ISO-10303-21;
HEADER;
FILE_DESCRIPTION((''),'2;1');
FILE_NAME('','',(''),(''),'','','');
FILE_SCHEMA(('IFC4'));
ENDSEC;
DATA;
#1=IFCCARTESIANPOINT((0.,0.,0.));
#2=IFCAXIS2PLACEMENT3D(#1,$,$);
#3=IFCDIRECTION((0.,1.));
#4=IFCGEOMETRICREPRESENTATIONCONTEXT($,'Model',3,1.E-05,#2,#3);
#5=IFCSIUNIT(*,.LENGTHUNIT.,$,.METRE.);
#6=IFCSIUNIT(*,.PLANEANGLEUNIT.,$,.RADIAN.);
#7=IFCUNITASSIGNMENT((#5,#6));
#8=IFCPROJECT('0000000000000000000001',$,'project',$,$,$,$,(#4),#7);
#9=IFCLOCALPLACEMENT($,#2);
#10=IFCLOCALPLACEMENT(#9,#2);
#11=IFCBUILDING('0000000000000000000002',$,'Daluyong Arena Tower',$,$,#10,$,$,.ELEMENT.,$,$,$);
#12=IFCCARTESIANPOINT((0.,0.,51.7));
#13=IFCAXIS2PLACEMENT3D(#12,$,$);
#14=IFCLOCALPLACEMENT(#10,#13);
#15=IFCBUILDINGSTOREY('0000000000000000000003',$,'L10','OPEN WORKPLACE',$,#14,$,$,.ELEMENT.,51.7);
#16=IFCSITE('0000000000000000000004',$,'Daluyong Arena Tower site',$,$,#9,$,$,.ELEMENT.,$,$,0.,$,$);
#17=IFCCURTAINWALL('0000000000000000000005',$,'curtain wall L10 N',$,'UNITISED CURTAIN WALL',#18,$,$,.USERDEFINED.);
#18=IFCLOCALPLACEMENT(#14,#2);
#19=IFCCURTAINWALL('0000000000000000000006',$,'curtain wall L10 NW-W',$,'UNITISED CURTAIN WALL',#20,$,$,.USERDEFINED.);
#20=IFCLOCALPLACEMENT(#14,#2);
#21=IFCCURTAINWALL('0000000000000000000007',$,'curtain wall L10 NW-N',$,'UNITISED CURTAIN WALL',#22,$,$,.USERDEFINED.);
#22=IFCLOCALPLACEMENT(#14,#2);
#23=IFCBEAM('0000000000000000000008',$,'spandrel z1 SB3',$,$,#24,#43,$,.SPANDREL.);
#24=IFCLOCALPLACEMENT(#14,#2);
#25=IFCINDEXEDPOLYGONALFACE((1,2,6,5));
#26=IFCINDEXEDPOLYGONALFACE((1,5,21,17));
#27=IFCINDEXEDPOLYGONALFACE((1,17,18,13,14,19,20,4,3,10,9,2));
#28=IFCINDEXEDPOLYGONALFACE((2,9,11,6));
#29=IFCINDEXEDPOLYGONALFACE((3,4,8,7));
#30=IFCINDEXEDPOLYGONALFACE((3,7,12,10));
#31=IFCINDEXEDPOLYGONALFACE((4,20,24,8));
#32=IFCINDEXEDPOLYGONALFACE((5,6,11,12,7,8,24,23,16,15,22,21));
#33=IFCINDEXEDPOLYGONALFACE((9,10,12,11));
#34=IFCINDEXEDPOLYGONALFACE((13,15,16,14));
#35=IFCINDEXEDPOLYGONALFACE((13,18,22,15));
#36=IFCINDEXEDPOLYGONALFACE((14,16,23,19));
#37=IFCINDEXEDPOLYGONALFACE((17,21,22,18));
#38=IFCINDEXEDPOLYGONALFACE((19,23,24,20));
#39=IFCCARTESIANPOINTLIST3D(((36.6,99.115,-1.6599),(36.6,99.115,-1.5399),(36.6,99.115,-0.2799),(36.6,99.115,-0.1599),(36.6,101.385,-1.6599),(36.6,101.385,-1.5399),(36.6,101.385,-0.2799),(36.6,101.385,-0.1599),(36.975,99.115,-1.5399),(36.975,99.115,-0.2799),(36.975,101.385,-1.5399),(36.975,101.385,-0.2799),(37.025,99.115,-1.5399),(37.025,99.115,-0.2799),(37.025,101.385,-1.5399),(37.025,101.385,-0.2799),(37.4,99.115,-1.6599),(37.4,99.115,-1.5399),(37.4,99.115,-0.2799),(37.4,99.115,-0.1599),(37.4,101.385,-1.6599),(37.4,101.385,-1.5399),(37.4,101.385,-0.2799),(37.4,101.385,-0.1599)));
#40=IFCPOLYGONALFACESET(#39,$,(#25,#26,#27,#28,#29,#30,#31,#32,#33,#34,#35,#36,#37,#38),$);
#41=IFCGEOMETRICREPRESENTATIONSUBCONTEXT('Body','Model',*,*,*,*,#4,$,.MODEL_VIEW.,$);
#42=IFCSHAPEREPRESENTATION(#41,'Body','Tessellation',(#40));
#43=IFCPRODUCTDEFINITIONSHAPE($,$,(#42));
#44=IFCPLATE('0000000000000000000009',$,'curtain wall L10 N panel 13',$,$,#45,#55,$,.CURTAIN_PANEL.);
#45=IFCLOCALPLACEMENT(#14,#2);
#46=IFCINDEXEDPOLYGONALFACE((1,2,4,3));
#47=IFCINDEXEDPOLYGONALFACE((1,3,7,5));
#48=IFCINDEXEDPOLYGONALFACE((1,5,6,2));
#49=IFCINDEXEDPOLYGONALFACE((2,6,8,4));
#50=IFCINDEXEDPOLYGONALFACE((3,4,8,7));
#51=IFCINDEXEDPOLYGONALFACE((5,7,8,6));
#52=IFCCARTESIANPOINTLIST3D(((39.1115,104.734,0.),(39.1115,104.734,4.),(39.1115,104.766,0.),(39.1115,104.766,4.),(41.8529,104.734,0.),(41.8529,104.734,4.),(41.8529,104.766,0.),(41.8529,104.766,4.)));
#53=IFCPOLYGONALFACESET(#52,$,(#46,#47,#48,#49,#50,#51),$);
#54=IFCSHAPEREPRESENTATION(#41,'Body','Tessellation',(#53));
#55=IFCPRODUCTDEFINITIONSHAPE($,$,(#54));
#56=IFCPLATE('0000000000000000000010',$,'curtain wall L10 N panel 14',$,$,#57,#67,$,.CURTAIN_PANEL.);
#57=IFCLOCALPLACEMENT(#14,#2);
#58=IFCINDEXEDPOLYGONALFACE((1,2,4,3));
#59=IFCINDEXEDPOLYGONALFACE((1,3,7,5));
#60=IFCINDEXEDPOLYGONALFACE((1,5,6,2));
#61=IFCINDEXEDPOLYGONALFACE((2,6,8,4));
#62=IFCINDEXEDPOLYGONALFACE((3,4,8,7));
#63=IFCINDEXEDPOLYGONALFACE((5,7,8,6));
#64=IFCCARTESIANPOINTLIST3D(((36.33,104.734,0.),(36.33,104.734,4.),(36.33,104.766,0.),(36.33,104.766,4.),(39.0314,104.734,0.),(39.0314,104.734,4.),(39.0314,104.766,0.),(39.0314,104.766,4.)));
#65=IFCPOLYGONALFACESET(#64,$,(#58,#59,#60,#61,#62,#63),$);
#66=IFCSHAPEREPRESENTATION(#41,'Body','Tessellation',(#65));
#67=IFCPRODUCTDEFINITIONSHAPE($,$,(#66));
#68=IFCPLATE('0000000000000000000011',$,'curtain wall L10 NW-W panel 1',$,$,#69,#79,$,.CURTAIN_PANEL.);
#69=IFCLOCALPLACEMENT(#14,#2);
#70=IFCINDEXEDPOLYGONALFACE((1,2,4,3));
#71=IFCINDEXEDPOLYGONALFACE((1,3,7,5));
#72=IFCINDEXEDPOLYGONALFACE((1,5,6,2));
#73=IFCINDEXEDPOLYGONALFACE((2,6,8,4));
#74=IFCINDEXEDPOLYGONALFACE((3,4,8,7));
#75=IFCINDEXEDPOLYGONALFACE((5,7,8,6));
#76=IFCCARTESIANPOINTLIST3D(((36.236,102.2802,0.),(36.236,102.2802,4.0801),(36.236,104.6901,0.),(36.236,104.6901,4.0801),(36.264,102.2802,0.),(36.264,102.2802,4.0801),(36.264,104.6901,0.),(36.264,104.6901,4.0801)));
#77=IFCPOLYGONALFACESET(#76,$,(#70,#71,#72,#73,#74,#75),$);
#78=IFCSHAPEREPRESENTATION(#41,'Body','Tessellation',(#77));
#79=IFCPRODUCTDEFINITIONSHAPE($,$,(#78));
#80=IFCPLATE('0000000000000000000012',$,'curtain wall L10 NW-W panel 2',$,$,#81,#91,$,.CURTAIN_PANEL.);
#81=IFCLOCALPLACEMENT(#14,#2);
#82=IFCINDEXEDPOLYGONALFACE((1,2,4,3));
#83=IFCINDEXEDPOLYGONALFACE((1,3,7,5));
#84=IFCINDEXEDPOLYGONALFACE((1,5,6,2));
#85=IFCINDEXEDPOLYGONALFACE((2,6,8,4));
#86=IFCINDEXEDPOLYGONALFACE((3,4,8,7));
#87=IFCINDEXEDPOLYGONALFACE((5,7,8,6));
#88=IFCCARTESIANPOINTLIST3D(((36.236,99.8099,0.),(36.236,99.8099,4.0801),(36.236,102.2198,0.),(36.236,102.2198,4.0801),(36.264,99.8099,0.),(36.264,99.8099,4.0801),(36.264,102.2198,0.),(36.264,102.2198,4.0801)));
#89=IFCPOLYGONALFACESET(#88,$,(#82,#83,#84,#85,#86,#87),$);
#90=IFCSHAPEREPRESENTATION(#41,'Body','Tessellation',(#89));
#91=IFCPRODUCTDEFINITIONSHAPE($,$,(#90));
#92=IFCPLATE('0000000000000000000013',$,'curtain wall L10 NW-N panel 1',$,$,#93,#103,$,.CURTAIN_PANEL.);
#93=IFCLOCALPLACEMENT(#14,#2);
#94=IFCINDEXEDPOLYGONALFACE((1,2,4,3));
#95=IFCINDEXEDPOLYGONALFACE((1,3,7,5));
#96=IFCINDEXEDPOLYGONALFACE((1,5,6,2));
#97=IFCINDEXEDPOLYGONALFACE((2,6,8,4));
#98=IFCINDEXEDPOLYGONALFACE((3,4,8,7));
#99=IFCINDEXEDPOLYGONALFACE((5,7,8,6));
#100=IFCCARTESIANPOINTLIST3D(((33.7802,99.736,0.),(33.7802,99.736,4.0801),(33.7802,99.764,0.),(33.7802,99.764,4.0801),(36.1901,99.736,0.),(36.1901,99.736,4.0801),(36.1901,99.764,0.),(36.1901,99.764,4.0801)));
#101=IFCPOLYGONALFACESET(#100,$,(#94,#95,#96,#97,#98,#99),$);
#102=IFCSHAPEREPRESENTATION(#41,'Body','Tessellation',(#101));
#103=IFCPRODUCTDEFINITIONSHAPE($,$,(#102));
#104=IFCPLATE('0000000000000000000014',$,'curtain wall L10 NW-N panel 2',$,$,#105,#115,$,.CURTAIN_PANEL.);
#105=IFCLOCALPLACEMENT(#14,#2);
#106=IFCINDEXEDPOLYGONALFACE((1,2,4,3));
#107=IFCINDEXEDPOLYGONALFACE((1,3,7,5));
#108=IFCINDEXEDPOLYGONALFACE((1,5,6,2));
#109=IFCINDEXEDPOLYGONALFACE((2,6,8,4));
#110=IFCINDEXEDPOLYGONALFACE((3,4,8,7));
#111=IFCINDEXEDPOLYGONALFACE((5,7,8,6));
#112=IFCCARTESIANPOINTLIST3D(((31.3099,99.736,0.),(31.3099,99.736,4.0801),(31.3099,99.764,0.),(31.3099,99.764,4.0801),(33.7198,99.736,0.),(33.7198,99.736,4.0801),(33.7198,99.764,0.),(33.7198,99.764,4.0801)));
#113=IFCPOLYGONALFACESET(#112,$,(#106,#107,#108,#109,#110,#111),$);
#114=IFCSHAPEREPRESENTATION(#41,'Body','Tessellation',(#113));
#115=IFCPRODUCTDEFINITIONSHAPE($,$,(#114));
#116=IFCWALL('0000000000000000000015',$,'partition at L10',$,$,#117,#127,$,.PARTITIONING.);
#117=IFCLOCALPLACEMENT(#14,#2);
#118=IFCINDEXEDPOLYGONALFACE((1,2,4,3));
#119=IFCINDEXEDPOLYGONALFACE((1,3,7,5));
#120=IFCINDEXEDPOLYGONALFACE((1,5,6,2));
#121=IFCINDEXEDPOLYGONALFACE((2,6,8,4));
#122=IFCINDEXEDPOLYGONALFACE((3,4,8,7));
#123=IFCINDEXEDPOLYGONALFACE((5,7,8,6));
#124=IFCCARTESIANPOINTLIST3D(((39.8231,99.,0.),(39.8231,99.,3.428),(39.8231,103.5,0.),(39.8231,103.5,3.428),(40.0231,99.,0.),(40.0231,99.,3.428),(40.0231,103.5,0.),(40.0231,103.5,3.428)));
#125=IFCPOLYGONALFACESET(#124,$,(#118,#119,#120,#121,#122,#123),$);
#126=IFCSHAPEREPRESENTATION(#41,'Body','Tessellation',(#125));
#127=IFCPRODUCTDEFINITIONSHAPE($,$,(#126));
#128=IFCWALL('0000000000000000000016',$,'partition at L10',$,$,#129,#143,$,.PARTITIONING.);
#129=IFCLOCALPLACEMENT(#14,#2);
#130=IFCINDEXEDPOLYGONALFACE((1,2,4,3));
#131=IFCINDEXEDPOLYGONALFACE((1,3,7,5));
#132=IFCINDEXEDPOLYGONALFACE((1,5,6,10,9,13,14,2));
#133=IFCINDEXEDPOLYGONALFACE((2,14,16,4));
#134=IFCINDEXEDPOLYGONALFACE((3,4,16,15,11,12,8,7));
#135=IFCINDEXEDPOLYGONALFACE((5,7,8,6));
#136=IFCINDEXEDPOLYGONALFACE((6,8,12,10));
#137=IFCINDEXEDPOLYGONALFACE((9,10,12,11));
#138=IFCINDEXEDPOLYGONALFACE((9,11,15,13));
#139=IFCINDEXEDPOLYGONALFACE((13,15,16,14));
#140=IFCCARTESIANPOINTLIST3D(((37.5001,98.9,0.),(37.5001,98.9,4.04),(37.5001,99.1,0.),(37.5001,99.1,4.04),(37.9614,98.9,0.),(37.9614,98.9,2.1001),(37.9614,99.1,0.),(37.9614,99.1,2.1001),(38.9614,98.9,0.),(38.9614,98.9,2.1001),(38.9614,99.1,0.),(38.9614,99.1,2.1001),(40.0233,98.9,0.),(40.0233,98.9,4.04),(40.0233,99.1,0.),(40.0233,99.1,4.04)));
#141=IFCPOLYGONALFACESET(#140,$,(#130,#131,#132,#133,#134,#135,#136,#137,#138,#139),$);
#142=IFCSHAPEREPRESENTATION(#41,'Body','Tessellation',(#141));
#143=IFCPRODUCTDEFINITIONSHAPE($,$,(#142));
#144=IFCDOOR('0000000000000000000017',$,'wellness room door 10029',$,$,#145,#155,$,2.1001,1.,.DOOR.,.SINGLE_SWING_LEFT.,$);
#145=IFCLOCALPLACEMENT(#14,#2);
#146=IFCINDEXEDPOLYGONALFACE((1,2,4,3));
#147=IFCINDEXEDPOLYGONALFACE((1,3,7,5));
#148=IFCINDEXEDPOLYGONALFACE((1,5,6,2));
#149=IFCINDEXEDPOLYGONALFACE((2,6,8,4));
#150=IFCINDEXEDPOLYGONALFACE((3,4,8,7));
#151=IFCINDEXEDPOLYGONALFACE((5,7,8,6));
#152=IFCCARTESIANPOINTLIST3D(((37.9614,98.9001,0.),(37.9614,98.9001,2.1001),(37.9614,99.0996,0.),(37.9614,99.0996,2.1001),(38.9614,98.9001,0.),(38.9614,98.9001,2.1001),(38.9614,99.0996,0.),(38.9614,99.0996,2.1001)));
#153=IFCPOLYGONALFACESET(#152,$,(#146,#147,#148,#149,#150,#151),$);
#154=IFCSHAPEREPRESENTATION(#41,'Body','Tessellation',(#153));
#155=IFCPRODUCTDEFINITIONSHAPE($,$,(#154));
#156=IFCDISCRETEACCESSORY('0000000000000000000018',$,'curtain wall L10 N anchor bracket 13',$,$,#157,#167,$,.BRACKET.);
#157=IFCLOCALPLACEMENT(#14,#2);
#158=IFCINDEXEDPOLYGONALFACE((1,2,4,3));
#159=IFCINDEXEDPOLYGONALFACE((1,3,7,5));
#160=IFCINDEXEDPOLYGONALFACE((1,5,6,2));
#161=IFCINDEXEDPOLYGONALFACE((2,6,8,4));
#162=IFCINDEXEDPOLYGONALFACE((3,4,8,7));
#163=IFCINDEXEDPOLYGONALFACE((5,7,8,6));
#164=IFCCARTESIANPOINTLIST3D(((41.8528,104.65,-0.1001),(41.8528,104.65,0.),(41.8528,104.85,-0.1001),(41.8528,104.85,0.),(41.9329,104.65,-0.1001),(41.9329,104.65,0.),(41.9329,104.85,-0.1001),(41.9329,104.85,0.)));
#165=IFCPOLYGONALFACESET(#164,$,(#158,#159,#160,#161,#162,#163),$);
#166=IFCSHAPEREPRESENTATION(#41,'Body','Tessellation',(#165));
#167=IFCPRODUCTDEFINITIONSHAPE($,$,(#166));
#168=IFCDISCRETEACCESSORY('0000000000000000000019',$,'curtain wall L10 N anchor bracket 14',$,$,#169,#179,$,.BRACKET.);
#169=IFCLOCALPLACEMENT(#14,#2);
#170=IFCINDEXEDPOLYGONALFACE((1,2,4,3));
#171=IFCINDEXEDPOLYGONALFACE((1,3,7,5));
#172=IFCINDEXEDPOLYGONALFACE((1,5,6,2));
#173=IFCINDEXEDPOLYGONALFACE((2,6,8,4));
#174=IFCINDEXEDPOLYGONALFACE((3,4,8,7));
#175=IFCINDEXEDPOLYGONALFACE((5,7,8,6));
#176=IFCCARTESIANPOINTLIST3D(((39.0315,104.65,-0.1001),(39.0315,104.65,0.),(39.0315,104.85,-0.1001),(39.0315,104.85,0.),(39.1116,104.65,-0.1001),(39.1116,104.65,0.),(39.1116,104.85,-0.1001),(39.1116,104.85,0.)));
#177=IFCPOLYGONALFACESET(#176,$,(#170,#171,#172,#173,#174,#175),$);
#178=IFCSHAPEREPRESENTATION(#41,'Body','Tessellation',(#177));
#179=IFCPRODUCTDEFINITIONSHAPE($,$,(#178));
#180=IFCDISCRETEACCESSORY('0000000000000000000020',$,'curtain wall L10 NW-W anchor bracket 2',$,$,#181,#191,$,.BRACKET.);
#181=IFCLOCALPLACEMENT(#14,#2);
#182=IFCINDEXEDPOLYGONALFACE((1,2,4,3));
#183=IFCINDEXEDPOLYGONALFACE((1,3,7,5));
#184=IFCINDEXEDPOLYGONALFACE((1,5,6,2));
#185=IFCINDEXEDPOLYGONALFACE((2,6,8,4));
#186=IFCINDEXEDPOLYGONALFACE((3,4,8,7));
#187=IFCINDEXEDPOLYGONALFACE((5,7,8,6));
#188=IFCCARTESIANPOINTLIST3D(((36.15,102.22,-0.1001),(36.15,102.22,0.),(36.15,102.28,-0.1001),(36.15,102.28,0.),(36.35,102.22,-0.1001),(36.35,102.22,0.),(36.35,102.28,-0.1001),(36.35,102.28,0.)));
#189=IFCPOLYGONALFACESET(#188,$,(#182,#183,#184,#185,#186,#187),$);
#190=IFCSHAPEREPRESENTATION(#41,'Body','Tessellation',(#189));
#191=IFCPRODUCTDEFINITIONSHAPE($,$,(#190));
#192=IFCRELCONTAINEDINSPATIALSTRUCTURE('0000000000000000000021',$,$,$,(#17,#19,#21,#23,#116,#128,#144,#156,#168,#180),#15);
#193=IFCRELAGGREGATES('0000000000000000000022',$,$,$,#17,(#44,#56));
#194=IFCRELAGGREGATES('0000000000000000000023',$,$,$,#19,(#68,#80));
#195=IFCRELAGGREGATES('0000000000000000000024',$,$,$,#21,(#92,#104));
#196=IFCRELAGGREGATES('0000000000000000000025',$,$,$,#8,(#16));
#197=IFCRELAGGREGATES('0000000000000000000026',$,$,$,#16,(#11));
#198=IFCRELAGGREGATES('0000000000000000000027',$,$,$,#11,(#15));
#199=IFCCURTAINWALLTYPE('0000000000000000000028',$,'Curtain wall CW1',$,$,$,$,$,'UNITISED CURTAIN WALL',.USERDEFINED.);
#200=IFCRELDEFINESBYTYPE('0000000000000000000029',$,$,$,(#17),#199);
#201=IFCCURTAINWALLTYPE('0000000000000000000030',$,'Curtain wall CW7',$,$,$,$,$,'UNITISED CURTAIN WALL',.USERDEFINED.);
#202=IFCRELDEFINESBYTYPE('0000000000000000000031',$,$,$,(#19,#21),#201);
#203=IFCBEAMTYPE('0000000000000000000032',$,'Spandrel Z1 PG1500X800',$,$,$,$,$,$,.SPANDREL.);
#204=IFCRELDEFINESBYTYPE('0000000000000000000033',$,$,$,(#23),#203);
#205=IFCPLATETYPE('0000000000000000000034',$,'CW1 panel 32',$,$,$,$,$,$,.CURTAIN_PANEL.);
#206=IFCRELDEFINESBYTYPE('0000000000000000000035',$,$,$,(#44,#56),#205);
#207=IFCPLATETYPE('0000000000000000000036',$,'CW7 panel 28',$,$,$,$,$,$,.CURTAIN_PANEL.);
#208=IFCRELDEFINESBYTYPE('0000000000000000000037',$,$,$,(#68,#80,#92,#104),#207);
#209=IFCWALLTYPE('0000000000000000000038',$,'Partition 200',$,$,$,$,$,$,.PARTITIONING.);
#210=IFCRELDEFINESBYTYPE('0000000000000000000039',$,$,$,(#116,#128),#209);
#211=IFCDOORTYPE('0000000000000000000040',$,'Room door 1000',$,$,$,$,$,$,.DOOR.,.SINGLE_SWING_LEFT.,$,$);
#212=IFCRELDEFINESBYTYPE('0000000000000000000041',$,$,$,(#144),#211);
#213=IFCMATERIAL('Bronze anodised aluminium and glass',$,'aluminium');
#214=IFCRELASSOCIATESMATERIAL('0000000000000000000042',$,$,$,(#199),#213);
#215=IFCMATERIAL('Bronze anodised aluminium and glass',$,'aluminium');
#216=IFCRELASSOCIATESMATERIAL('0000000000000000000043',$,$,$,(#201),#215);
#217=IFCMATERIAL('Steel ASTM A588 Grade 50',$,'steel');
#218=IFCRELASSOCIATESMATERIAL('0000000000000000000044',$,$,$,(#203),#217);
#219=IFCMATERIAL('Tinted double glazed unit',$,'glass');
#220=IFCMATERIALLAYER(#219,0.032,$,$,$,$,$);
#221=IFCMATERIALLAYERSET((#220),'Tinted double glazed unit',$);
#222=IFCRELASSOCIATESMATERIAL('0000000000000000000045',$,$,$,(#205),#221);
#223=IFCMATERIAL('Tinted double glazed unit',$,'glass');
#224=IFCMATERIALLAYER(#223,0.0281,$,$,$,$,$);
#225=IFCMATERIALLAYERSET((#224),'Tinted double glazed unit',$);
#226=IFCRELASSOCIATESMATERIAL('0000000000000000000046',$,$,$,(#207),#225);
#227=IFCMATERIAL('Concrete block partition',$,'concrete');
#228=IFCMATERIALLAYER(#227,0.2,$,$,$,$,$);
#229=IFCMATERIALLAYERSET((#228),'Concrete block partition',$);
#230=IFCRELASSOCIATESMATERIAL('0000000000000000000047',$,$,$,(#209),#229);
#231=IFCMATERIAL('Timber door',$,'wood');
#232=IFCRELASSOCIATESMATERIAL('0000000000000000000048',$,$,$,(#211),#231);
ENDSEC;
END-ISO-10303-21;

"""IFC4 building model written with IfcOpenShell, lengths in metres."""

from ifc_helpers import new_model, si_unit, direction, frame, frame_2d, origin, origin_2d, place, context, subcontext, project, spatial, rectangle, i_section, extrude, material, layer, layer_set, material_profile, profile_set, type_object, element, fill, aggregate, save


model = new_model("IFC4")

# Units and contexts
model_context = context("Model", 3, precision=1e-05, world=origin(), true_north=direction((0.0, 1.0)))
body_context = subcontext(model_context, "Body", "Model", "MODEL_VIEW")
ifc_project = project(units=[si_unit("LENGTHUNIT", "METRE"), si_unit("PLANEANGLEUNIT", "RADIAN")], contexts=[model_context])

# Site, building, storey
site_placement = place(None, origin())
site = spatial("IfcSite", under=ifc_project, at=site_placement, Name="Daluyong Arena Tower site", CompositionType="ELEMENT", RefElevation=0.0)
building_placement = place(site_placement, origin())
building = spatial("IfcBuilding", under=site, at=building_placement, Name="Daluyong Arena Tower", CompositionType="ELEMENT")
storey_placement = place(building_placement, frame((0.0, 0.0, 51.7)))
storey = spatial("IfcBuildingStorey", under=building, at=storey_placement, Name="L10", Description="OPEN WORKPLACE", CompositionType="ELEMENT", Elevation=51.7)

# Curtain wall
ifc_material_1 = material(Name="Bronze anodised aluminium and glass", Category="aluminium")
curtain_wall_type_1 = type_object("IfcCurtainWallType", Name="Curtain wall CW1", ElementType="UNITISED CURTAIN WALL", PredefinedType="USERDEFINED", material=ifc_material_1)
curtain_wall_1_placement = place(storey_placement, origin())
curtain_wall_1 = element("IfcCurtainWall", 1, at=curtain_wall_1_placement, inside=storey, type_object=curtain_wall_type_1, Name="curtain wall L10 N", ObjectType="UNITISED CURTAIN WALL", PredefinedType="USERDEFINED")

# Curtain walls
ifc_material_2 = material(Name="Bronze anodised aluminium and glass", Category="aluminium")
curtain_wall_type_2 = type_object("IfcCurtainWallType", Name="Curtain wall CW7", ElementType="UNITISED CURTAIN WALL", PredefinedType="USERDEFINED", material=ifc_material_2)
curtain_wall_2_placement = place(storey_placement, origin())
curtain_wall_2 = element("IfcCurtainWall", 2, at=curtain_wall_2_placement, inside=storey, type_object=curtain_wall_type_2, Name="curtain wall L10 NW-W", ObjectType="UNITISED CURTAIN WALL", PredefinedType="USERDEFINED")
curtain_wall_3_placement = place(storey_placement, origin())
curtain_wall_3 = element("IfcCurtainWall", 3, at=curtain_wall_3_placement, inside=storey, type_object=curtain_wall_type_2, Name="curtain wall L10 NW-N", ObjectType="UNITISED CURTAIN WALL", PredefinedType="USERDEFINED")

# Beam
ifc_material_3 = material(Name="Steel ASTM A588 Grade 50", Category="steel")
ifc_material_profile_1 = material_profile(ifc_material_3, i_section(OverallWidth=0.8, OverallDepth=1.5, WebThickness=0.05, FlangeThickness=0.12, at=origin_2d()))
ifc_profile_set_1 = profile_set([ifc_material_profile_1], Name="Steel ASTM A588 Grade 50")
beam_type_1 = type_object("IfcBeamType", Name="Spandrel Z1 PG1500X800", PredefinedType="SPANDREL", material=ifc_profile_set_1)
for number, where, z_axis, x_axis, name in (
    (4, (37.0, 101.385, -0.9099), (0.0, -1.0, 0.0), (1.0, 0.0, 0.0), "spandrel z1 SB3"),
):
    element("IfcBeam", number, at=place(storey_placement, frame(where, z_axis=z_axis, x_axis=x_axis)), inside=storey, type_object=beam_type_1, Name=name, PredefinedType="SPANDREL", context=body_context, shape_type="SweptSolid", body=[
        extrude(i_section(OverallWidth=0.8, OverallDepth=1.5, WebThickness=0.05, FlangeThickness=0.12, at=origin_2d()), origin(), (0.0, 0.0, 1.0), 2.27),
    ])

# Plates
ifc_material_4 = material(Name="Tinted double glazed unit", Category="glass")
ifc_layer_1 = layer(ifc_material_4, 0.032)
ifc_layer_set_1 = layer_set([ifc_layer_1], Name="Tinted double glazed unit")
plate_type_1 = type_object("IfcPlateType", Name="CW1 panel 32", PredefinedType="CURTAIN_PANEL", material=ifc_layer_set_1)
plate_1_placement = place(storey_placement, frame((40.4822, 104.75, 0.0), z_axis=(0.0, 0.0, 1.0), x_axis=(-1.0, 0.0, 0.0)))
plate_1 = element("IfcPlate", 5, at=plate_1_placement, type_object=plate_type_1, Name="curtain wall L10 N panel 13", PredefinedType="CURTAIN_PANEL", context=body_context, shape_type="SweptSolid", body=[
    extrude(rectangle(XDim=2.7415, YDim=0.032, at=origin_2d()), origin(), (0.0, 0.0, 1.0), 4.0),
])
plate_2_placement = place(storey_placement, frame((37.6807, 104.75, 0.0), z_axis=(0.0, 0.0, 1.0), x_axis=(-1.0, 0.0, 0.0)))
plate_2 = element("IfcPlate", 6, at=plate_2_placement, type_object=plate_type_1, Name="curtain wall L10 N panel 14", PredefinedType="CURTAIN_PANEL", context=body_context, shape_type="SweptSolid", body=[
    extrude(rectangle(XDim=2.7014, YDim=0.032, at=origin_2d()), origin(), (0.0, 0.0, 1.0), 4.0),
])
aggregate(curtain_wall_1, [plate_1, plate_2])
ifc_material_5 = material(Name="Tinted double glazed unit", Category="glass")
ifc_layer_2 = layer(ifc_material_5, 0.0281)
ifc_layer_set_2 = layer_set([ifc_layer_2], Name="Tinted double glazed unit")
plate_type_2 = type_object("IfcPlateType", Name="CW7 panel 28", PredefinedType="CURTAIN_PANEL", material=ifc_layer_set_2)
plate_3_placement = place(storey_placement, frame((36.25, 103.4851, 0.0), z_axis=(0.0, 0.0, 1.0), x_axis=(0.0, -1.0, 0.0)))
plate_3 = element("IfcPlate", 7, at=plate_3_placement, type_object=plate_type_2, Name="curtain wall L10 NW-W panel 1", PredefinedType="CURTAIN_PANEL", context=body_context, shape_type="SweptSolid", body=[
    extrude(rectangle(XDim=2.4099, YDim=0.0281, at=origin_2d()), origin(), (0.0, 0.0, 1.0), 4.0801),
])
plate_4_placement = place(storey_placement, frame((36.25, 101.0149, 0.0), z_axis=(0.0, 0.0, 1.0), x_axis=(0.0, -1.0, 0.0)))
plate_4 = element("IfcPlate", 8, at=plate_4_placement, type_object=plate_type_2, Name="curtain wall L10 NW-W panel 2", PredefinedType="CURTAIN_PANEL", context=body_context, shape_type="SweptSolid", body=[
    extrude(rectangle(XDim=2.4099, YDim=0.0281, at=origin_2d()), origin(), (0.0, 0.0, 1.0), 4.0801),
])
aggregate(curtain_wall_2, [plate_3, plate_4])
plate_5_placement = place(storey_placement, frame((34.9851, 99.75, 0.0), z_axis=(0.0, 0.0, 1.0), x_axis=(-1.0, 0.0, 0.0)))
plate_5 = element("IfcPlate", 9, at=plate_5_placement, type_object=plate_type_2, Name="curtain wall L10 NW-N panel 1", PredefinedType="CURTAIN_PANEL", context=body_context, shape_type="SweptSolid", body=[
    extrude(rectangle(XDim=2.4099, YDim=0.0281, at=origin_2d()), origin(), (0.0, 0.0, 1.0), 4.0801),
])
plate_6_placement = place(storey_placement, frame((32.5149, 99.75, 0.0), z_axis=(0.0, 0.0, 1.0), x_axis=(-1.0, 0.0, 0.0)))
plate_6 = element("IfcPlate", 10, at=plate_6_placement, type_object=plate_type_2, Name="curtain wall L10 NW-N panel 2", PredefinedType="CURTAIN_PANEL", context=body_context, shape_type="SweptSolid", body=[
    extrude(rectangle(XDim=2.4099, YDim=0.0281, at=origin_2d()), origin(), (0.0, 0.0, 1.0), 4.0801),
])
aggregate(curtain_wall_3, [plate_5, plate_6])

# Wall
ifc_material_6 = material(Name="Concrete block partition", Category="concrete")
ifc_layer_3 = layer(ifc_material_6, 0.2)
ifc_layer_set_3 = layer_set([ifc_layer_3], Name="Concrete block partition")
wall_type = type_object("IfcWallType", Name="Partition 200", PredefinedType="PARTITIONING", material=ifc_layer_set_3)
wall_1_placement = place(storey_placement, frame((39.9231, 99.0, 0.0), z_axis=(0.0, 0.0, 1.0), x_axis=(0.0, 1.0, 0.0)))
element("IfcWall", 11, at=wall_1_placement, inside=storey, type_object=wall_type, Name="partition at L10", PredefinedType="PARTITIONING", context=body_context, shape_type="SweptSolid", body=[
    extrude(rectangle(XDim=4.5, YDim=0.2, at=frame_2d((2.25, 0.0))), origin(), (0.0, 0.0, 1.0), 3.428),
])

# Wall, opening, door
wall_2_placement = place(storey_placement, frame((37.5, 99.0, 0.0), z_axis=(0.0, 0.0, 1.0), x_axis=(1.0, 0.0, 0.0)))
wall_2 = element("IfcWall", 12, at=wall_2_placement, inside=storey, type_object=wall_type, Name="partition at L10", PredefinedType="PARTITIONING", context=body_context, shape_type="SweptSolid", body=[
    extrude(rectangle(XDim=2.5232, YDim=0.2, at=frame_2d((1.2617, 0.0))), origin(), (0.0, 0.0, 1.0), 4.04),
])
opening_placement = place(wall_2_placement, frame((0.4614, 0.0, 0.0)))
opening = element("IfcOpeningElement", 13, at=opening_placement, cuts=wall_2, PredefinedType="OPENING", context=body_context, shape_type="SweptSolid", body=[
    extrude(rectangle(XDim=1.0, YDim=2.1001, at=frame_2d((0.5, 1.05))), frame((0.0, 0.1099, 0.0), z_axis=(0.0, -1.0, 0.0), x_axis=(1.0, 0.0, 0.0)), (0.0, 0.0, 1.0), 0.22),
])
ifc_material_7 = material(Name="Timber door", Category="wood")
door_type = type_object("IfcDoorType", Name="Room door 1000", OperationType="SINGLE_SWING_LEFT", PredefinedType="DOOR", material=ifc_material_7)
door_placement = place(opening_placement, origin())
door = element("IfcDoor", 14, at=door_placement, inside=storey, type_object=door_type, Name="wellness room door 10029", OperationType="SINGLE_SWING_LEFT", OverallHeight=2.1001, OverallWidth=1.0, PredefinedType="DOOR", context=body_context, shape_type="SweptSolid", body=[
    extrude(rectangle(XDim=1.0, YDim=2.1001, at=frame_2d((0.5, 1.05))), frame((0.0, 0.0996, 0.0), z_axis=(0.0, -1.0, 0.0), x_axis=(1.0, 0.0, 0.0)), (0.0, 0.0, 1.0), 0.1995),
])
fill(opening, door)

# Discrete accessories
for number, where, z_axis, x_axis, name in (
    (15, (41.8928, 104.75, -0.1001), (0.0, 0.0, 1.0), (-1.0, 0.0, 0.0), "curtain wall L10 N anchor bracket 13"),
    (16, (39.0715, 104.75, -0.1001), (0.0, 0.0, 1.0), (-1.0, 0.0, 0.0), "curtain wall L10 N anchor bracket 14"),
):
    element("IfcDiscreteAccessory", number, at=place(storey_placement, frame(where, z_axis=z_axis, x_axis=x_axis)), inside=storey, Name=name, PredefinedType="BRACKET", context=body_context, shape_type="SweptSolid", body=[
        extrude(rectangle(XDim=0.0801, YDim=0.2, at=origin_2d()), origin(), (0.0, 0.0, 1.0), 0.1001),
    ])
for number, where, z_axis, x_axis, name in (
    (17, (36.25, 102.25, -0.1001), (0.0, 0.0, 1.0), (0.0, -1.0, 0.0), "curtain wall L10 NW-W anchor bracket 2"),
):
    element("IfcDiscreteAccessory", number, at=place(storey_placement, frame(where, z_axis=z_axis, x_axis=x_axis)), inside=storey, Name=name, PredefinedType="BRACKET", context=body_context, shape_type="SweptSolid", body=[
        extrude(rectangle(XDim=0.0601, YDim=0.2, at=origin_2d()), origin(), (0.0, 0.0, 1.0), 0.1001),
    ])

save(model, "model.ifc")
